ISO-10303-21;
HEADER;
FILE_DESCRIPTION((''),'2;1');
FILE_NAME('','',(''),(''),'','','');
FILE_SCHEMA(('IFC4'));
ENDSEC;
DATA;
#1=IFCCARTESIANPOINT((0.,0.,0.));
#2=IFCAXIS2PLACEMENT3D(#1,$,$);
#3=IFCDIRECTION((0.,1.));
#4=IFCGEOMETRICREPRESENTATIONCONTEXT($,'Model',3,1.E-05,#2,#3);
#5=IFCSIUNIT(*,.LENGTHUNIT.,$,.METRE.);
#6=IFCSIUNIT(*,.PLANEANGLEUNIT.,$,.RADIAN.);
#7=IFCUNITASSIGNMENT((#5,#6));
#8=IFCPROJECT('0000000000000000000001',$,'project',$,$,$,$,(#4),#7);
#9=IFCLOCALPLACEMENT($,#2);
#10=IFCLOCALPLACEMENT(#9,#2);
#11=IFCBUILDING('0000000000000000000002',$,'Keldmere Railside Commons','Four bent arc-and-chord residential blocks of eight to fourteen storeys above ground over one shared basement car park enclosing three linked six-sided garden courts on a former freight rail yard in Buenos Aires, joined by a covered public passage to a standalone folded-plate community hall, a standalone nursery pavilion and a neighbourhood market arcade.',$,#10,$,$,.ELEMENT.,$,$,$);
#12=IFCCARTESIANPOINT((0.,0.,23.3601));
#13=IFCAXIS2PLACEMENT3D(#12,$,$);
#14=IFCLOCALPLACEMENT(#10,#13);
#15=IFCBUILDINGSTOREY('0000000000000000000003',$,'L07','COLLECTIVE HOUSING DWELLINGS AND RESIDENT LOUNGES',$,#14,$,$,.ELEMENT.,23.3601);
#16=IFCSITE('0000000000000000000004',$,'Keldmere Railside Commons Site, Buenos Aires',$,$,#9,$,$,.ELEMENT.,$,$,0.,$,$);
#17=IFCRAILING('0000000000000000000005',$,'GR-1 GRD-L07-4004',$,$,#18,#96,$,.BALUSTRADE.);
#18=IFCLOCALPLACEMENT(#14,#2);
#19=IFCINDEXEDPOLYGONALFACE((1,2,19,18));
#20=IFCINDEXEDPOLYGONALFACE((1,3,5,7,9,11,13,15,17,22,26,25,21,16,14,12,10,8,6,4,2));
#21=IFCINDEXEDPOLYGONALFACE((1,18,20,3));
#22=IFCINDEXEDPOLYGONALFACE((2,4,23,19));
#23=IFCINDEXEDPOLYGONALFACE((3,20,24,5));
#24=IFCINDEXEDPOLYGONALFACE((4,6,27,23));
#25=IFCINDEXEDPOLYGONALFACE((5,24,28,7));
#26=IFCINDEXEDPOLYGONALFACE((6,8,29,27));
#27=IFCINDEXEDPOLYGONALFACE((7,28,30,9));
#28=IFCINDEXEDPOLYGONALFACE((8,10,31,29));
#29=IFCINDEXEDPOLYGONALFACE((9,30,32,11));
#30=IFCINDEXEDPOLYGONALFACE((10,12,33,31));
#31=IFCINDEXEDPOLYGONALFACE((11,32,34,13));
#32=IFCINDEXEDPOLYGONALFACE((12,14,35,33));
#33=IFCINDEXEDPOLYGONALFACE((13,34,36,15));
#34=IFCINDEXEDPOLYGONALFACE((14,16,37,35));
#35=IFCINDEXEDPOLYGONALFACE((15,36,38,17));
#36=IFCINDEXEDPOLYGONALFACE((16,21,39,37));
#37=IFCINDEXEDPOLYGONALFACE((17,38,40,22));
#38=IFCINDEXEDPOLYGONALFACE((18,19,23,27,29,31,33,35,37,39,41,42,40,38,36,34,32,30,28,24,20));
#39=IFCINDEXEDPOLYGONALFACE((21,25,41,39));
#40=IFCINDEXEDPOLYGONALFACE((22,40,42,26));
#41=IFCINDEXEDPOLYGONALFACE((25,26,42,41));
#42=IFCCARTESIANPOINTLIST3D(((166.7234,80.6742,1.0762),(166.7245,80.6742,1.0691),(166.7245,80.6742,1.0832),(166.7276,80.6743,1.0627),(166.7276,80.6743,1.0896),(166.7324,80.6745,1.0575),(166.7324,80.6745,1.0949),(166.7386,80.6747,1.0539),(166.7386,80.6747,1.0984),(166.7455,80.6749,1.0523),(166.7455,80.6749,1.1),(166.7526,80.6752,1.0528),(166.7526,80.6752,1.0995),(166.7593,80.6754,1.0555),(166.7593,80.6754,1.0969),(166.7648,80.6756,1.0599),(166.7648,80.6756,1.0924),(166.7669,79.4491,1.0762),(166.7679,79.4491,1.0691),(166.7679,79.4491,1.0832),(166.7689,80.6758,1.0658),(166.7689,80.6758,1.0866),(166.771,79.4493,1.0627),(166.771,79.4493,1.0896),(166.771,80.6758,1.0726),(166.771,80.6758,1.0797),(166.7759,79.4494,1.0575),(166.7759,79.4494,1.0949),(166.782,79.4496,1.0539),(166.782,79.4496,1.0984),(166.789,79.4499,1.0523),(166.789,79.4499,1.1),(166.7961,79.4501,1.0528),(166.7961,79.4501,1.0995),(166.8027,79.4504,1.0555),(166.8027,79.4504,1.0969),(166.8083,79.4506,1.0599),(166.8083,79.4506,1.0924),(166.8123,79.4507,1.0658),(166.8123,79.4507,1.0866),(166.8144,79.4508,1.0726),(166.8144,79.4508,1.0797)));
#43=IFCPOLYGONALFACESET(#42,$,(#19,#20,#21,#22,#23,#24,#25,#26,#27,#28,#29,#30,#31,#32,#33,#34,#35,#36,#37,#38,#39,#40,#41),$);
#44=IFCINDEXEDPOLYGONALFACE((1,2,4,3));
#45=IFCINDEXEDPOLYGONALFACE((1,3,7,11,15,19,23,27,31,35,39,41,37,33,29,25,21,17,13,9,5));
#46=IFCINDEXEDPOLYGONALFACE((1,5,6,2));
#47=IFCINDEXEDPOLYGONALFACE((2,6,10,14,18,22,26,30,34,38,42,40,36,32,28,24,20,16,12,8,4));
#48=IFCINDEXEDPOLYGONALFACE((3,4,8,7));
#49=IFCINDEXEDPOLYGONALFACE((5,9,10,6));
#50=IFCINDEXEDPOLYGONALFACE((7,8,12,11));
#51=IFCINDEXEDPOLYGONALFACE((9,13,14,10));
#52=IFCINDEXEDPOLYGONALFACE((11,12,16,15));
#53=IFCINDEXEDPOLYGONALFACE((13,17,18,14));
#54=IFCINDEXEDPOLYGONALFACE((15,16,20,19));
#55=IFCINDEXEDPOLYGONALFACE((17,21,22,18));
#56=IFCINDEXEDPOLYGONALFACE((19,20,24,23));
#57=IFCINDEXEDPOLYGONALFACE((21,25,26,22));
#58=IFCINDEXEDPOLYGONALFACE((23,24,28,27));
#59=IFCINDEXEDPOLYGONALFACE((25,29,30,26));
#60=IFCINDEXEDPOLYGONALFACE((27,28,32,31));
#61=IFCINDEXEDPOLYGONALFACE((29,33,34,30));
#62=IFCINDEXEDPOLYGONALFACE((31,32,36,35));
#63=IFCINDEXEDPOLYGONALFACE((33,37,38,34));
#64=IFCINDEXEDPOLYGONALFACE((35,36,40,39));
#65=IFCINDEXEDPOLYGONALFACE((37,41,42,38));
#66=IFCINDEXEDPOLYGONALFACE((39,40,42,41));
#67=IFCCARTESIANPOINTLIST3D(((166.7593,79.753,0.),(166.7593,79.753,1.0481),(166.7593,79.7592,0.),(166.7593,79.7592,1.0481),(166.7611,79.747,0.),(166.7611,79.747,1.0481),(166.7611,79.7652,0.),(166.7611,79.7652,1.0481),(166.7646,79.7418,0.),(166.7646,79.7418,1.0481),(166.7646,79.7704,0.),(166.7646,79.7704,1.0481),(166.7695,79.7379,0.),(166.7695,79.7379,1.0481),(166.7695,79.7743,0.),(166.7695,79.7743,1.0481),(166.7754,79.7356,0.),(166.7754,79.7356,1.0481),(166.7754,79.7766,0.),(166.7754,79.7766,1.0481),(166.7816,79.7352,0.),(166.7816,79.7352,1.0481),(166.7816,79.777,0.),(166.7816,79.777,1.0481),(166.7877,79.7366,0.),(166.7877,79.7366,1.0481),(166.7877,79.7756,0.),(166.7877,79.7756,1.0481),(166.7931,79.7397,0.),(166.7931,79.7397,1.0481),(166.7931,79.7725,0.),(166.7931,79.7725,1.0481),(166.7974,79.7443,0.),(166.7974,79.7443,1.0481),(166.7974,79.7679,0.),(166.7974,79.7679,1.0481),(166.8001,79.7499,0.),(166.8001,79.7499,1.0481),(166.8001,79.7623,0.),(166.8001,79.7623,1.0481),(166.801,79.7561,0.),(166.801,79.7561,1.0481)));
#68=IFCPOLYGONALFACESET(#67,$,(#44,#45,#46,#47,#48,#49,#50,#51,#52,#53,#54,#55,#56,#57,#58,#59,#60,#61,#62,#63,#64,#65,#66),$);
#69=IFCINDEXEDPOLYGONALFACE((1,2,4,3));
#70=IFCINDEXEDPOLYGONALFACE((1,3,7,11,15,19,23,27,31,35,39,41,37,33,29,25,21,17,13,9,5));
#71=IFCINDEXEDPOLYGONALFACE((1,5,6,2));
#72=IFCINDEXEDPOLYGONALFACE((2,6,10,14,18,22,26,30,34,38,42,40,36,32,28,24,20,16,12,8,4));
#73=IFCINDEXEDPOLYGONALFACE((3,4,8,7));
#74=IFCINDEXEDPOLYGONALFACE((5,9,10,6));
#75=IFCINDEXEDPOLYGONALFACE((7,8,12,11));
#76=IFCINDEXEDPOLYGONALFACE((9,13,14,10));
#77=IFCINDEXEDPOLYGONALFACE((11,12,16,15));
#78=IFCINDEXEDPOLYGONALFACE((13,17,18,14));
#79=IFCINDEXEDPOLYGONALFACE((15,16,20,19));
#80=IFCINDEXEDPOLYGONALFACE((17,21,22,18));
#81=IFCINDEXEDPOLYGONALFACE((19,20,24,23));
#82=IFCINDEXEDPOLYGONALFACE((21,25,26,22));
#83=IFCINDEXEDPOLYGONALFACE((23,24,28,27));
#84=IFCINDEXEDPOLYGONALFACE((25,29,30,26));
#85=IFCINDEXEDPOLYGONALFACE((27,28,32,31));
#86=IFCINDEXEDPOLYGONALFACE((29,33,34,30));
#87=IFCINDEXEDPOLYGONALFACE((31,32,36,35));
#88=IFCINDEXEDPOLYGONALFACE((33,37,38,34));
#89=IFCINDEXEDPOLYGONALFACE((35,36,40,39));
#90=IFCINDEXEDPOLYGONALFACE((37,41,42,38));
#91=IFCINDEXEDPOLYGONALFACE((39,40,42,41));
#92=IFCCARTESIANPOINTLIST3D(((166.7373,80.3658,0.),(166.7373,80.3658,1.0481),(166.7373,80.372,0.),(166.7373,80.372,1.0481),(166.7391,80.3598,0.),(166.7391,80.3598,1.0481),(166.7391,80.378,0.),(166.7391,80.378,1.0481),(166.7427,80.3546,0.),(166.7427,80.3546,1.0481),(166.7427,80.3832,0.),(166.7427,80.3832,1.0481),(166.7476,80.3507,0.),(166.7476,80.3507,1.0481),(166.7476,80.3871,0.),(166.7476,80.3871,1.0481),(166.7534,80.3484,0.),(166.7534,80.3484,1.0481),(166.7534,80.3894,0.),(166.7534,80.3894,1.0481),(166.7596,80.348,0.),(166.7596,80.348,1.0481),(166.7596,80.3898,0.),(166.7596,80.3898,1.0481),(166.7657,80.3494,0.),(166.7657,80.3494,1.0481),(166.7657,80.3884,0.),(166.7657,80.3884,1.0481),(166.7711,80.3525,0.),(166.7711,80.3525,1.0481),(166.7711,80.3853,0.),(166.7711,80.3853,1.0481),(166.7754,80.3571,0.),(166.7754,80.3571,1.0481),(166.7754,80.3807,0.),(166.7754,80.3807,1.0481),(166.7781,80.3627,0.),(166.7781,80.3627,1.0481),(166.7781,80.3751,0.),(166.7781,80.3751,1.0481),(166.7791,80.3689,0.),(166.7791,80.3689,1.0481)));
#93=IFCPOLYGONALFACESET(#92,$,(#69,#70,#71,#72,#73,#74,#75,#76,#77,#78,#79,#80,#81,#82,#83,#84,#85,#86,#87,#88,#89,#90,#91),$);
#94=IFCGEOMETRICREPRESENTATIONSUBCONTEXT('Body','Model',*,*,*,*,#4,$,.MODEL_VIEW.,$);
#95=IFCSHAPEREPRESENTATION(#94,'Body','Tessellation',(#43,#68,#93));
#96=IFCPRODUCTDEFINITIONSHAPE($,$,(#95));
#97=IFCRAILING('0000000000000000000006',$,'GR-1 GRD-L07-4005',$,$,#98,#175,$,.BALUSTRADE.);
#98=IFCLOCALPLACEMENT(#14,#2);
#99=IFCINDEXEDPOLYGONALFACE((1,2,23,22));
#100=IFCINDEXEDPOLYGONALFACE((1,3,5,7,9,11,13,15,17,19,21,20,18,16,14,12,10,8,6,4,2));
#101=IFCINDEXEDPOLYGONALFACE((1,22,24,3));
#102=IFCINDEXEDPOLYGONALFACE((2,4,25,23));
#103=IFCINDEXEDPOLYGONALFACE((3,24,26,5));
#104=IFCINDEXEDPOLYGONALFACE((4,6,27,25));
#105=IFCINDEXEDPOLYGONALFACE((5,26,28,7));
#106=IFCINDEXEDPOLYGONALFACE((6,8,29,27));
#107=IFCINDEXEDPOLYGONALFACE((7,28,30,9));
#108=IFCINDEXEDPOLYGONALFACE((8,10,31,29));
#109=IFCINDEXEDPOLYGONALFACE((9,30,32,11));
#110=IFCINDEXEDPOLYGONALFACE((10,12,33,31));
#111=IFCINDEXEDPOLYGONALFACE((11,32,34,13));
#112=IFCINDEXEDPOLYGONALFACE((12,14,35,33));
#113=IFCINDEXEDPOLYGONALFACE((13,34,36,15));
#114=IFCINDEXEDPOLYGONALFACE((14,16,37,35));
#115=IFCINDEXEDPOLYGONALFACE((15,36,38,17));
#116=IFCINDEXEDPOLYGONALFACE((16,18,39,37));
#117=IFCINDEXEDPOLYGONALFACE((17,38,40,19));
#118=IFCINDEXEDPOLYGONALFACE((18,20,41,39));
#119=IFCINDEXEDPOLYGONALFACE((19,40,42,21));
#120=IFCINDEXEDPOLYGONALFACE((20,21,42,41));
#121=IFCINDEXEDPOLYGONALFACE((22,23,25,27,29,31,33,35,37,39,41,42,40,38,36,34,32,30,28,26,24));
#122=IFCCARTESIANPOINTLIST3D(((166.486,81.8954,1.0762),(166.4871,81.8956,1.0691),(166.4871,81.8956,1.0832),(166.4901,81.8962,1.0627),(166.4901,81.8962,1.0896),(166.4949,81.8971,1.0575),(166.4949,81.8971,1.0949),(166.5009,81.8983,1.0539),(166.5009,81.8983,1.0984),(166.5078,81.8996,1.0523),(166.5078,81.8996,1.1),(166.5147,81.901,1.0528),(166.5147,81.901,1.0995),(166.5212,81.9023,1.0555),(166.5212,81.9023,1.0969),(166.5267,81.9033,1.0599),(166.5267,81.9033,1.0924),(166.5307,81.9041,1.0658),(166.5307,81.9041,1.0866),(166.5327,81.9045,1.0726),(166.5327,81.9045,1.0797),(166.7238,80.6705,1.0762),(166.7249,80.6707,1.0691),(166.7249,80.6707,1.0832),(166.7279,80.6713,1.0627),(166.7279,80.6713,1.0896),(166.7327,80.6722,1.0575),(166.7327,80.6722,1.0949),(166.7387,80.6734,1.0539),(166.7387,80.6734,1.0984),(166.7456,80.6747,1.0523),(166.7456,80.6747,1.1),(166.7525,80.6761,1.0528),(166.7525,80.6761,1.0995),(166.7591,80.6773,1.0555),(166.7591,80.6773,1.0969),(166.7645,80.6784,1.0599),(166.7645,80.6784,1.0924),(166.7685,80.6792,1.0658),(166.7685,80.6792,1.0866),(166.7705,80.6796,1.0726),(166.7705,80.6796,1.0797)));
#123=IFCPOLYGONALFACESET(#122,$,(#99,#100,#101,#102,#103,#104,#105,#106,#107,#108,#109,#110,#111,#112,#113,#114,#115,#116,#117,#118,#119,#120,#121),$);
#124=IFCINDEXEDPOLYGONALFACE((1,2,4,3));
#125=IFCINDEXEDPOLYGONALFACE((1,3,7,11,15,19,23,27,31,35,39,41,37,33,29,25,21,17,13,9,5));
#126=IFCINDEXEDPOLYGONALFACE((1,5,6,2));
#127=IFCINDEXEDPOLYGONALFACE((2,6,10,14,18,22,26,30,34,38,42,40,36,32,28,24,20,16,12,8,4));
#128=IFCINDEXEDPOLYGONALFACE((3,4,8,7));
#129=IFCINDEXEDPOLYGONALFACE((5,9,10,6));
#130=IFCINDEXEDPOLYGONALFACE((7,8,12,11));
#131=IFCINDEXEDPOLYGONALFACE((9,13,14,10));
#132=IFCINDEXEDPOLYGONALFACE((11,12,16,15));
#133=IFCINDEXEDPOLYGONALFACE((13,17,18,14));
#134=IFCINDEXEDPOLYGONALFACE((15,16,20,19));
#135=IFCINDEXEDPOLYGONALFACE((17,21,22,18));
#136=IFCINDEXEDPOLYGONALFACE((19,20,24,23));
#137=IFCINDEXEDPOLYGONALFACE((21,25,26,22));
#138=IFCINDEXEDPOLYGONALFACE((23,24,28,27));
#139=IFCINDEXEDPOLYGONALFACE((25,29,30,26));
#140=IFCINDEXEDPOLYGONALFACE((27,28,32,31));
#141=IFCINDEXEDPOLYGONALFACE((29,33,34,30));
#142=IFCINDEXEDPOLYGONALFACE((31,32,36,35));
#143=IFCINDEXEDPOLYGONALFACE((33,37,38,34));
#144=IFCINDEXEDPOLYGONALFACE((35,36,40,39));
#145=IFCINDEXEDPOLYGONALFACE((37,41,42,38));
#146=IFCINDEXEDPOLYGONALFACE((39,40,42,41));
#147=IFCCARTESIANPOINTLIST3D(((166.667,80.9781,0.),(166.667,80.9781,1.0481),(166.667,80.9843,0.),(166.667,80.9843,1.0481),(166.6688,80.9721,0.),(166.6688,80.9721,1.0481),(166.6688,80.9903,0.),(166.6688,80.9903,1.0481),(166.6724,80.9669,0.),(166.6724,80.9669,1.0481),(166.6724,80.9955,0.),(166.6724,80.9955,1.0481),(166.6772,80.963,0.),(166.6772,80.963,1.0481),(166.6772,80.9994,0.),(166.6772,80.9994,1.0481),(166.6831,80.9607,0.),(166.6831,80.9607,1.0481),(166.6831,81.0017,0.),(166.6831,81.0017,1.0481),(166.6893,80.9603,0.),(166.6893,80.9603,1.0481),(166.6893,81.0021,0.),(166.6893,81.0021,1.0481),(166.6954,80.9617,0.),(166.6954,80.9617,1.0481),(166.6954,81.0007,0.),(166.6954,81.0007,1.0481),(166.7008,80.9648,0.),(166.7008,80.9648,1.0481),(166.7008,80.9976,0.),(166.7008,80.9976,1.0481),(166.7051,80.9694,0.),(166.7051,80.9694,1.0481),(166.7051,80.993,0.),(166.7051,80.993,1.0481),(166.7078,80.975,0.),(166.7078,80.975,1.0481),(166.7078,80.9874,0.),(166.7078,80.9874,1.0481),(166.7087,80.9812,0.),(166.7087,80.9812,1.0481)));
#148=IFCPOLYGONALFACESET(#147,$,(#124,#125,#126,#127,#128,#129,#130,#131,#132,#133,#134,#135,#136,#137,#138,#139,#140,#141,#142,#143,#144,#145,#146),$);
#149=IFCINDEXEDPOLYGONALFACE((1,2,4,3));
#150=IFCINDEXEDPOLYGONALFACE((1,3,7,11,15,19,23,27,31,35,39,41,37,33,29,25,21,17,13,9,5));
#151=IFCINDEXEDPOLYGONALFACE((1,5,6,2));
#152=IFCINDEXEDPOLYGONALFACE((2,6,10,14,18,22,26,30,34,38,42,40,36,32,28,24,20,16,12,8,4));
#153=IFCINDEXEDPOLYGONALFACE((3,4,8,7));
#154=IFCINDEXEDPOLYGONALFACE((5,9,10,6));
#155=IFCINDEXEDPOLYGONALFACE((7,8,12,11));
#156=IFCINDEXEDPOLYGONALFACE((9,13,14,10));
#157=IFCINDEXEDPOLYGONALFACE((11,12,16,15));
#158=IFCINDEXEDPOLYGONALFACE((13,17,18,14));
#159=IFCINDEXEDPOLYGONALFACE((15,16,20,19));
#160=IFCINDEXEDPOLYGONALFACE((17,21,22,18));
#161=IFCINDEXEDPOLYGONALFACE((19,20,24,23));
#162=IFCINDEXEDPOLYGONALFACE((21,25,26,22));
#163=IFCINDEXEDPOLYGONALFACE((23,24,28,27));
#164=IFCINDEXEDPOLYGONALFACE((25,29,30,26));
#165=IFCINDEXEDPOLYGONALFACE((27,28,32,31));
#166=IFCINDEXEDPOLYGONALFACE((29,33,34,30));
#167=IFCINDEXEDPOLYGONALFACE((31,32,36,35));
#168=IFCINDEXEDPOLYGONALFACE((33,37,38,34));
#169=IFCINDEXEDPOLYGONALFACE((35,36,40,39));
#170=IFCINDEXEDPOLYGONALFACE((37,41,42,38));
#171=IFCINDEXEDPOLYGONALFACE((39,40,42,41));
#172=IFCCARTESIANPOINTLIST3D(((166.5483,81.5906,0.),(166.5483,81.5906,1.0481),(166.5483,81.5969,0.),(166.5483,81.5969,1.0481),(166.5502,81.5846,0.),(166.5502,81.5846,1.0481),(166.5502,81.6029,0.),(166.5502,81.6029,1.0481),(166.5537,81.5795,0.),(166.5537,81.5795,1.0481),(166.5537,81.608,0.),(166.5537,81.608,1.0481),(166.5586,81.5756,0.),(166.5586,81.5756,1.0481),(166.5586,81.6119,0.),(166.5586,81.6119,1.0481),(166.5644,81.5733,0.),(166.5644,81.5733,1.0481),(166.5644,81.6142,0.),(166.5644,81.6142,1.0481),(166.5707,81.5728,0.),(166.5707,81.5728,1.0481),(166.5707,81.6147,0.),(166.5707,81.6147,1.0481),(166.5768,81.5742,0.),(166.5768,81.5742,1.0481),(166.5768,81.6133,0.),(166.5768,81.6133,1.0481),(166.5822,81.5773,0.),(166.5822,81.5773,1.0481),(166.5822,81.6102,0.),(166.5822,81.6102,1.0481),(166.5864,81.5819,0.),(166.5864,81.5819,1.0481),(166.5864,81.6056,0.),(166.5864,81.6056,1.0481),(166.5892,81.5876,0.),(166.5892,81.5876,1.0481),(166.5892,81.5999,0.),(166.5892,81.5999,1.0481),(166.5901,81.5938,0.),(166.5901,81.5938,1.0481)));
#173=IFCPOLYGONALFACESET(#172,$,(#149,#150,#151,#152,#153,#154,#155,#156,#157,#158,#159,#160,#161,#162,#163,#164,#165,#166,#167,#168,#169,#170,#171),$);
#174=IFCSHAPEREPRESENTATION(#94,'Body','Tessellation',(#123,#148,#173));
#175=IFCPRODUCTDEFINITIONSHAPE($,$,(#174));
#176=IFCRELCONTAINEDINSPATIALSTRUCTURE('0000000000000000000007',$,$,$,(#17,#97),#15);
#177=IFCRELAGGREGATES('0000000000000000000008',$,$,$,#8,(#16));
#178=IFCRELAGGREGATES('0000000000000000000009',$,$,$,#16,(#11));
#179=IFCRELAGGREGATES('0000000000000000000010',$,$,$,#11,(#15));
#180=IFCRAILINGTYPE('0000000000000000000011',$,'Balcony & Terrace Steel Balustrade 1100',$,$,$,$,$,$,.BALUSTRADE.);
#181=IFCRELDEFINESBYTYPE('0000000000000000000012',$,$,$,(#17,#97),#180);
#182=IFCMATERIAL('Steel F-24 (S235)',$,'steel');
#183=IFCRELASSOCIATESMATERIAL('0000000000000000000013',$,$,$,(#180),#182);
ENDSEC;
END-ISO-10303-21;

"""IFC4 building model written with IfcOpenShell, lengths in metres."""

from ifc_helpers import new_model, si_unit, direction, frame, origin, origin_2d, place, context, subcontext, project, spatial, circle, extrude, material, type_object, element, save


model = new_model("IFC4")

# Units and contexts
model_context = context("Model", 3, precision=1e-05, world=origin(), true_north=direction((0.0, 1.0)))
body_context = subcontext(model_context, "Body", "Model", "MODEL_VIEW")
ifc_project = project(units=[si_unit("LENGTHUNIT", "METRE"), si_unit("PLANEANGLEUNIT", "RADIAN")], contexts=[model_context])

# Site, building, storey
site_placement = place(None, origin())
site = spatial("IfcSite", under=ifc_project, at=site_placement, Name="Keldmere Railside Commons Site, Buenos Aires", CompositionType="ELEMENT", RefElevation=0.0)
building_placement = place(site_placement, origin())
building = spatial("IfcBuilding", under=site, at=building_placement, Name="Keldmere Railside Commons", Description="Four bent arc-and-chord residential blocks of eight to fourteen storeys above ground over one shared basement car park enclosing three linked six-sided garden courts on a former freight rail yard in Buenos Aires, joined by a covered public passage to a standalone folded-plate community hall, a standalone nursery pavilion and a neighbourhood market arcade.", CompositionType="ELEMENT")
storey_placement = place(building_placement, frame((0.0, 0.0, 23.3601)))
storey = spatial("IfcBuildingStorey", under=building, at=storey_placement, Name="L07", Description="COLLECTIVE HOUSING DWELLINGS AND RESIDENT LOUNGES", CompositionType="ELEMENT", Elevation=23.3601)

# Railings
ifc_material_1 = material(Name="Steel F-24 (S235)", Category="steel")
railing_type = type_object("IfcRailingType", Name="Balcony & Terrace Steel Balustrade 1100", PredefinedType="BALUSTRADE", material=ifc_material_1)
railing_1_placement = place(storey_placement, frame((166.7908, 79.45, 0.0)))
element("IfcRailing", 1, at=railing_1_placement, inside=storey, type_object=railing_type, Name="GR-1 GRD-L07-4004", PredefinedType="BALUSTRADE", context=body_context, shape_type="SweptSolid", body=[
    extrude(circle(Radius=0.0239, at=origin_2d()), frame((0.0, 0.0, 1.0762), z_axis=(-0.03545, 0.999371, 0.0), x_axis=(-0.999371, -0.03545, 0.0)), (0.0, 0.0, 1.0), 1.2258),
    extrude(circle(Radius=0.021, at=origin_2d()), frame((-0.0107, 0.3062, 0.0)), (0.0, 0.0, 1.0), 1.0481),
    extrude(circle(Radius=0.021, at=origin_2d()), frame((-0.0327, 0.9189, 0.0)), (0.0, 0.0, 1.0), 1.0481),
])
railing_2_placement = place(storey_placement, frame((166.7473, 80.675, 0.0)))
element("IfcRailing", 2, at=railing_2_placement, inside=storey, type_object=railing_type, Name="GR-1 GRD-L07-4005", PredefinedType="BALUSTRADE", context=body_context, shape_type="SweptSolid", body=[
    extrude(circle(Radius=0.0239, at=origin_2d()), frame((0.0, 0.0, 1.0762), z_axis=(-0.190582, 0.981671, 0.0), x_axis=(-0.981671, -0.190582, 0.0)), (0.0, 0.0, 1.0), 1.2478),
    extrude(circle(Radius=0.021, at=origin_2d()), frame((-0.0596, 0.3062, 0.0)), (0.0, 0.0, 1.0), 1.0481),
    extrude(circle(Radius=0.021, at=origin_2d()), frame((-0.1782, 0.9187, 0.0)), (0.0, 0.0, 1.0), 1.0481),
])

save(model, "model.ifc")
